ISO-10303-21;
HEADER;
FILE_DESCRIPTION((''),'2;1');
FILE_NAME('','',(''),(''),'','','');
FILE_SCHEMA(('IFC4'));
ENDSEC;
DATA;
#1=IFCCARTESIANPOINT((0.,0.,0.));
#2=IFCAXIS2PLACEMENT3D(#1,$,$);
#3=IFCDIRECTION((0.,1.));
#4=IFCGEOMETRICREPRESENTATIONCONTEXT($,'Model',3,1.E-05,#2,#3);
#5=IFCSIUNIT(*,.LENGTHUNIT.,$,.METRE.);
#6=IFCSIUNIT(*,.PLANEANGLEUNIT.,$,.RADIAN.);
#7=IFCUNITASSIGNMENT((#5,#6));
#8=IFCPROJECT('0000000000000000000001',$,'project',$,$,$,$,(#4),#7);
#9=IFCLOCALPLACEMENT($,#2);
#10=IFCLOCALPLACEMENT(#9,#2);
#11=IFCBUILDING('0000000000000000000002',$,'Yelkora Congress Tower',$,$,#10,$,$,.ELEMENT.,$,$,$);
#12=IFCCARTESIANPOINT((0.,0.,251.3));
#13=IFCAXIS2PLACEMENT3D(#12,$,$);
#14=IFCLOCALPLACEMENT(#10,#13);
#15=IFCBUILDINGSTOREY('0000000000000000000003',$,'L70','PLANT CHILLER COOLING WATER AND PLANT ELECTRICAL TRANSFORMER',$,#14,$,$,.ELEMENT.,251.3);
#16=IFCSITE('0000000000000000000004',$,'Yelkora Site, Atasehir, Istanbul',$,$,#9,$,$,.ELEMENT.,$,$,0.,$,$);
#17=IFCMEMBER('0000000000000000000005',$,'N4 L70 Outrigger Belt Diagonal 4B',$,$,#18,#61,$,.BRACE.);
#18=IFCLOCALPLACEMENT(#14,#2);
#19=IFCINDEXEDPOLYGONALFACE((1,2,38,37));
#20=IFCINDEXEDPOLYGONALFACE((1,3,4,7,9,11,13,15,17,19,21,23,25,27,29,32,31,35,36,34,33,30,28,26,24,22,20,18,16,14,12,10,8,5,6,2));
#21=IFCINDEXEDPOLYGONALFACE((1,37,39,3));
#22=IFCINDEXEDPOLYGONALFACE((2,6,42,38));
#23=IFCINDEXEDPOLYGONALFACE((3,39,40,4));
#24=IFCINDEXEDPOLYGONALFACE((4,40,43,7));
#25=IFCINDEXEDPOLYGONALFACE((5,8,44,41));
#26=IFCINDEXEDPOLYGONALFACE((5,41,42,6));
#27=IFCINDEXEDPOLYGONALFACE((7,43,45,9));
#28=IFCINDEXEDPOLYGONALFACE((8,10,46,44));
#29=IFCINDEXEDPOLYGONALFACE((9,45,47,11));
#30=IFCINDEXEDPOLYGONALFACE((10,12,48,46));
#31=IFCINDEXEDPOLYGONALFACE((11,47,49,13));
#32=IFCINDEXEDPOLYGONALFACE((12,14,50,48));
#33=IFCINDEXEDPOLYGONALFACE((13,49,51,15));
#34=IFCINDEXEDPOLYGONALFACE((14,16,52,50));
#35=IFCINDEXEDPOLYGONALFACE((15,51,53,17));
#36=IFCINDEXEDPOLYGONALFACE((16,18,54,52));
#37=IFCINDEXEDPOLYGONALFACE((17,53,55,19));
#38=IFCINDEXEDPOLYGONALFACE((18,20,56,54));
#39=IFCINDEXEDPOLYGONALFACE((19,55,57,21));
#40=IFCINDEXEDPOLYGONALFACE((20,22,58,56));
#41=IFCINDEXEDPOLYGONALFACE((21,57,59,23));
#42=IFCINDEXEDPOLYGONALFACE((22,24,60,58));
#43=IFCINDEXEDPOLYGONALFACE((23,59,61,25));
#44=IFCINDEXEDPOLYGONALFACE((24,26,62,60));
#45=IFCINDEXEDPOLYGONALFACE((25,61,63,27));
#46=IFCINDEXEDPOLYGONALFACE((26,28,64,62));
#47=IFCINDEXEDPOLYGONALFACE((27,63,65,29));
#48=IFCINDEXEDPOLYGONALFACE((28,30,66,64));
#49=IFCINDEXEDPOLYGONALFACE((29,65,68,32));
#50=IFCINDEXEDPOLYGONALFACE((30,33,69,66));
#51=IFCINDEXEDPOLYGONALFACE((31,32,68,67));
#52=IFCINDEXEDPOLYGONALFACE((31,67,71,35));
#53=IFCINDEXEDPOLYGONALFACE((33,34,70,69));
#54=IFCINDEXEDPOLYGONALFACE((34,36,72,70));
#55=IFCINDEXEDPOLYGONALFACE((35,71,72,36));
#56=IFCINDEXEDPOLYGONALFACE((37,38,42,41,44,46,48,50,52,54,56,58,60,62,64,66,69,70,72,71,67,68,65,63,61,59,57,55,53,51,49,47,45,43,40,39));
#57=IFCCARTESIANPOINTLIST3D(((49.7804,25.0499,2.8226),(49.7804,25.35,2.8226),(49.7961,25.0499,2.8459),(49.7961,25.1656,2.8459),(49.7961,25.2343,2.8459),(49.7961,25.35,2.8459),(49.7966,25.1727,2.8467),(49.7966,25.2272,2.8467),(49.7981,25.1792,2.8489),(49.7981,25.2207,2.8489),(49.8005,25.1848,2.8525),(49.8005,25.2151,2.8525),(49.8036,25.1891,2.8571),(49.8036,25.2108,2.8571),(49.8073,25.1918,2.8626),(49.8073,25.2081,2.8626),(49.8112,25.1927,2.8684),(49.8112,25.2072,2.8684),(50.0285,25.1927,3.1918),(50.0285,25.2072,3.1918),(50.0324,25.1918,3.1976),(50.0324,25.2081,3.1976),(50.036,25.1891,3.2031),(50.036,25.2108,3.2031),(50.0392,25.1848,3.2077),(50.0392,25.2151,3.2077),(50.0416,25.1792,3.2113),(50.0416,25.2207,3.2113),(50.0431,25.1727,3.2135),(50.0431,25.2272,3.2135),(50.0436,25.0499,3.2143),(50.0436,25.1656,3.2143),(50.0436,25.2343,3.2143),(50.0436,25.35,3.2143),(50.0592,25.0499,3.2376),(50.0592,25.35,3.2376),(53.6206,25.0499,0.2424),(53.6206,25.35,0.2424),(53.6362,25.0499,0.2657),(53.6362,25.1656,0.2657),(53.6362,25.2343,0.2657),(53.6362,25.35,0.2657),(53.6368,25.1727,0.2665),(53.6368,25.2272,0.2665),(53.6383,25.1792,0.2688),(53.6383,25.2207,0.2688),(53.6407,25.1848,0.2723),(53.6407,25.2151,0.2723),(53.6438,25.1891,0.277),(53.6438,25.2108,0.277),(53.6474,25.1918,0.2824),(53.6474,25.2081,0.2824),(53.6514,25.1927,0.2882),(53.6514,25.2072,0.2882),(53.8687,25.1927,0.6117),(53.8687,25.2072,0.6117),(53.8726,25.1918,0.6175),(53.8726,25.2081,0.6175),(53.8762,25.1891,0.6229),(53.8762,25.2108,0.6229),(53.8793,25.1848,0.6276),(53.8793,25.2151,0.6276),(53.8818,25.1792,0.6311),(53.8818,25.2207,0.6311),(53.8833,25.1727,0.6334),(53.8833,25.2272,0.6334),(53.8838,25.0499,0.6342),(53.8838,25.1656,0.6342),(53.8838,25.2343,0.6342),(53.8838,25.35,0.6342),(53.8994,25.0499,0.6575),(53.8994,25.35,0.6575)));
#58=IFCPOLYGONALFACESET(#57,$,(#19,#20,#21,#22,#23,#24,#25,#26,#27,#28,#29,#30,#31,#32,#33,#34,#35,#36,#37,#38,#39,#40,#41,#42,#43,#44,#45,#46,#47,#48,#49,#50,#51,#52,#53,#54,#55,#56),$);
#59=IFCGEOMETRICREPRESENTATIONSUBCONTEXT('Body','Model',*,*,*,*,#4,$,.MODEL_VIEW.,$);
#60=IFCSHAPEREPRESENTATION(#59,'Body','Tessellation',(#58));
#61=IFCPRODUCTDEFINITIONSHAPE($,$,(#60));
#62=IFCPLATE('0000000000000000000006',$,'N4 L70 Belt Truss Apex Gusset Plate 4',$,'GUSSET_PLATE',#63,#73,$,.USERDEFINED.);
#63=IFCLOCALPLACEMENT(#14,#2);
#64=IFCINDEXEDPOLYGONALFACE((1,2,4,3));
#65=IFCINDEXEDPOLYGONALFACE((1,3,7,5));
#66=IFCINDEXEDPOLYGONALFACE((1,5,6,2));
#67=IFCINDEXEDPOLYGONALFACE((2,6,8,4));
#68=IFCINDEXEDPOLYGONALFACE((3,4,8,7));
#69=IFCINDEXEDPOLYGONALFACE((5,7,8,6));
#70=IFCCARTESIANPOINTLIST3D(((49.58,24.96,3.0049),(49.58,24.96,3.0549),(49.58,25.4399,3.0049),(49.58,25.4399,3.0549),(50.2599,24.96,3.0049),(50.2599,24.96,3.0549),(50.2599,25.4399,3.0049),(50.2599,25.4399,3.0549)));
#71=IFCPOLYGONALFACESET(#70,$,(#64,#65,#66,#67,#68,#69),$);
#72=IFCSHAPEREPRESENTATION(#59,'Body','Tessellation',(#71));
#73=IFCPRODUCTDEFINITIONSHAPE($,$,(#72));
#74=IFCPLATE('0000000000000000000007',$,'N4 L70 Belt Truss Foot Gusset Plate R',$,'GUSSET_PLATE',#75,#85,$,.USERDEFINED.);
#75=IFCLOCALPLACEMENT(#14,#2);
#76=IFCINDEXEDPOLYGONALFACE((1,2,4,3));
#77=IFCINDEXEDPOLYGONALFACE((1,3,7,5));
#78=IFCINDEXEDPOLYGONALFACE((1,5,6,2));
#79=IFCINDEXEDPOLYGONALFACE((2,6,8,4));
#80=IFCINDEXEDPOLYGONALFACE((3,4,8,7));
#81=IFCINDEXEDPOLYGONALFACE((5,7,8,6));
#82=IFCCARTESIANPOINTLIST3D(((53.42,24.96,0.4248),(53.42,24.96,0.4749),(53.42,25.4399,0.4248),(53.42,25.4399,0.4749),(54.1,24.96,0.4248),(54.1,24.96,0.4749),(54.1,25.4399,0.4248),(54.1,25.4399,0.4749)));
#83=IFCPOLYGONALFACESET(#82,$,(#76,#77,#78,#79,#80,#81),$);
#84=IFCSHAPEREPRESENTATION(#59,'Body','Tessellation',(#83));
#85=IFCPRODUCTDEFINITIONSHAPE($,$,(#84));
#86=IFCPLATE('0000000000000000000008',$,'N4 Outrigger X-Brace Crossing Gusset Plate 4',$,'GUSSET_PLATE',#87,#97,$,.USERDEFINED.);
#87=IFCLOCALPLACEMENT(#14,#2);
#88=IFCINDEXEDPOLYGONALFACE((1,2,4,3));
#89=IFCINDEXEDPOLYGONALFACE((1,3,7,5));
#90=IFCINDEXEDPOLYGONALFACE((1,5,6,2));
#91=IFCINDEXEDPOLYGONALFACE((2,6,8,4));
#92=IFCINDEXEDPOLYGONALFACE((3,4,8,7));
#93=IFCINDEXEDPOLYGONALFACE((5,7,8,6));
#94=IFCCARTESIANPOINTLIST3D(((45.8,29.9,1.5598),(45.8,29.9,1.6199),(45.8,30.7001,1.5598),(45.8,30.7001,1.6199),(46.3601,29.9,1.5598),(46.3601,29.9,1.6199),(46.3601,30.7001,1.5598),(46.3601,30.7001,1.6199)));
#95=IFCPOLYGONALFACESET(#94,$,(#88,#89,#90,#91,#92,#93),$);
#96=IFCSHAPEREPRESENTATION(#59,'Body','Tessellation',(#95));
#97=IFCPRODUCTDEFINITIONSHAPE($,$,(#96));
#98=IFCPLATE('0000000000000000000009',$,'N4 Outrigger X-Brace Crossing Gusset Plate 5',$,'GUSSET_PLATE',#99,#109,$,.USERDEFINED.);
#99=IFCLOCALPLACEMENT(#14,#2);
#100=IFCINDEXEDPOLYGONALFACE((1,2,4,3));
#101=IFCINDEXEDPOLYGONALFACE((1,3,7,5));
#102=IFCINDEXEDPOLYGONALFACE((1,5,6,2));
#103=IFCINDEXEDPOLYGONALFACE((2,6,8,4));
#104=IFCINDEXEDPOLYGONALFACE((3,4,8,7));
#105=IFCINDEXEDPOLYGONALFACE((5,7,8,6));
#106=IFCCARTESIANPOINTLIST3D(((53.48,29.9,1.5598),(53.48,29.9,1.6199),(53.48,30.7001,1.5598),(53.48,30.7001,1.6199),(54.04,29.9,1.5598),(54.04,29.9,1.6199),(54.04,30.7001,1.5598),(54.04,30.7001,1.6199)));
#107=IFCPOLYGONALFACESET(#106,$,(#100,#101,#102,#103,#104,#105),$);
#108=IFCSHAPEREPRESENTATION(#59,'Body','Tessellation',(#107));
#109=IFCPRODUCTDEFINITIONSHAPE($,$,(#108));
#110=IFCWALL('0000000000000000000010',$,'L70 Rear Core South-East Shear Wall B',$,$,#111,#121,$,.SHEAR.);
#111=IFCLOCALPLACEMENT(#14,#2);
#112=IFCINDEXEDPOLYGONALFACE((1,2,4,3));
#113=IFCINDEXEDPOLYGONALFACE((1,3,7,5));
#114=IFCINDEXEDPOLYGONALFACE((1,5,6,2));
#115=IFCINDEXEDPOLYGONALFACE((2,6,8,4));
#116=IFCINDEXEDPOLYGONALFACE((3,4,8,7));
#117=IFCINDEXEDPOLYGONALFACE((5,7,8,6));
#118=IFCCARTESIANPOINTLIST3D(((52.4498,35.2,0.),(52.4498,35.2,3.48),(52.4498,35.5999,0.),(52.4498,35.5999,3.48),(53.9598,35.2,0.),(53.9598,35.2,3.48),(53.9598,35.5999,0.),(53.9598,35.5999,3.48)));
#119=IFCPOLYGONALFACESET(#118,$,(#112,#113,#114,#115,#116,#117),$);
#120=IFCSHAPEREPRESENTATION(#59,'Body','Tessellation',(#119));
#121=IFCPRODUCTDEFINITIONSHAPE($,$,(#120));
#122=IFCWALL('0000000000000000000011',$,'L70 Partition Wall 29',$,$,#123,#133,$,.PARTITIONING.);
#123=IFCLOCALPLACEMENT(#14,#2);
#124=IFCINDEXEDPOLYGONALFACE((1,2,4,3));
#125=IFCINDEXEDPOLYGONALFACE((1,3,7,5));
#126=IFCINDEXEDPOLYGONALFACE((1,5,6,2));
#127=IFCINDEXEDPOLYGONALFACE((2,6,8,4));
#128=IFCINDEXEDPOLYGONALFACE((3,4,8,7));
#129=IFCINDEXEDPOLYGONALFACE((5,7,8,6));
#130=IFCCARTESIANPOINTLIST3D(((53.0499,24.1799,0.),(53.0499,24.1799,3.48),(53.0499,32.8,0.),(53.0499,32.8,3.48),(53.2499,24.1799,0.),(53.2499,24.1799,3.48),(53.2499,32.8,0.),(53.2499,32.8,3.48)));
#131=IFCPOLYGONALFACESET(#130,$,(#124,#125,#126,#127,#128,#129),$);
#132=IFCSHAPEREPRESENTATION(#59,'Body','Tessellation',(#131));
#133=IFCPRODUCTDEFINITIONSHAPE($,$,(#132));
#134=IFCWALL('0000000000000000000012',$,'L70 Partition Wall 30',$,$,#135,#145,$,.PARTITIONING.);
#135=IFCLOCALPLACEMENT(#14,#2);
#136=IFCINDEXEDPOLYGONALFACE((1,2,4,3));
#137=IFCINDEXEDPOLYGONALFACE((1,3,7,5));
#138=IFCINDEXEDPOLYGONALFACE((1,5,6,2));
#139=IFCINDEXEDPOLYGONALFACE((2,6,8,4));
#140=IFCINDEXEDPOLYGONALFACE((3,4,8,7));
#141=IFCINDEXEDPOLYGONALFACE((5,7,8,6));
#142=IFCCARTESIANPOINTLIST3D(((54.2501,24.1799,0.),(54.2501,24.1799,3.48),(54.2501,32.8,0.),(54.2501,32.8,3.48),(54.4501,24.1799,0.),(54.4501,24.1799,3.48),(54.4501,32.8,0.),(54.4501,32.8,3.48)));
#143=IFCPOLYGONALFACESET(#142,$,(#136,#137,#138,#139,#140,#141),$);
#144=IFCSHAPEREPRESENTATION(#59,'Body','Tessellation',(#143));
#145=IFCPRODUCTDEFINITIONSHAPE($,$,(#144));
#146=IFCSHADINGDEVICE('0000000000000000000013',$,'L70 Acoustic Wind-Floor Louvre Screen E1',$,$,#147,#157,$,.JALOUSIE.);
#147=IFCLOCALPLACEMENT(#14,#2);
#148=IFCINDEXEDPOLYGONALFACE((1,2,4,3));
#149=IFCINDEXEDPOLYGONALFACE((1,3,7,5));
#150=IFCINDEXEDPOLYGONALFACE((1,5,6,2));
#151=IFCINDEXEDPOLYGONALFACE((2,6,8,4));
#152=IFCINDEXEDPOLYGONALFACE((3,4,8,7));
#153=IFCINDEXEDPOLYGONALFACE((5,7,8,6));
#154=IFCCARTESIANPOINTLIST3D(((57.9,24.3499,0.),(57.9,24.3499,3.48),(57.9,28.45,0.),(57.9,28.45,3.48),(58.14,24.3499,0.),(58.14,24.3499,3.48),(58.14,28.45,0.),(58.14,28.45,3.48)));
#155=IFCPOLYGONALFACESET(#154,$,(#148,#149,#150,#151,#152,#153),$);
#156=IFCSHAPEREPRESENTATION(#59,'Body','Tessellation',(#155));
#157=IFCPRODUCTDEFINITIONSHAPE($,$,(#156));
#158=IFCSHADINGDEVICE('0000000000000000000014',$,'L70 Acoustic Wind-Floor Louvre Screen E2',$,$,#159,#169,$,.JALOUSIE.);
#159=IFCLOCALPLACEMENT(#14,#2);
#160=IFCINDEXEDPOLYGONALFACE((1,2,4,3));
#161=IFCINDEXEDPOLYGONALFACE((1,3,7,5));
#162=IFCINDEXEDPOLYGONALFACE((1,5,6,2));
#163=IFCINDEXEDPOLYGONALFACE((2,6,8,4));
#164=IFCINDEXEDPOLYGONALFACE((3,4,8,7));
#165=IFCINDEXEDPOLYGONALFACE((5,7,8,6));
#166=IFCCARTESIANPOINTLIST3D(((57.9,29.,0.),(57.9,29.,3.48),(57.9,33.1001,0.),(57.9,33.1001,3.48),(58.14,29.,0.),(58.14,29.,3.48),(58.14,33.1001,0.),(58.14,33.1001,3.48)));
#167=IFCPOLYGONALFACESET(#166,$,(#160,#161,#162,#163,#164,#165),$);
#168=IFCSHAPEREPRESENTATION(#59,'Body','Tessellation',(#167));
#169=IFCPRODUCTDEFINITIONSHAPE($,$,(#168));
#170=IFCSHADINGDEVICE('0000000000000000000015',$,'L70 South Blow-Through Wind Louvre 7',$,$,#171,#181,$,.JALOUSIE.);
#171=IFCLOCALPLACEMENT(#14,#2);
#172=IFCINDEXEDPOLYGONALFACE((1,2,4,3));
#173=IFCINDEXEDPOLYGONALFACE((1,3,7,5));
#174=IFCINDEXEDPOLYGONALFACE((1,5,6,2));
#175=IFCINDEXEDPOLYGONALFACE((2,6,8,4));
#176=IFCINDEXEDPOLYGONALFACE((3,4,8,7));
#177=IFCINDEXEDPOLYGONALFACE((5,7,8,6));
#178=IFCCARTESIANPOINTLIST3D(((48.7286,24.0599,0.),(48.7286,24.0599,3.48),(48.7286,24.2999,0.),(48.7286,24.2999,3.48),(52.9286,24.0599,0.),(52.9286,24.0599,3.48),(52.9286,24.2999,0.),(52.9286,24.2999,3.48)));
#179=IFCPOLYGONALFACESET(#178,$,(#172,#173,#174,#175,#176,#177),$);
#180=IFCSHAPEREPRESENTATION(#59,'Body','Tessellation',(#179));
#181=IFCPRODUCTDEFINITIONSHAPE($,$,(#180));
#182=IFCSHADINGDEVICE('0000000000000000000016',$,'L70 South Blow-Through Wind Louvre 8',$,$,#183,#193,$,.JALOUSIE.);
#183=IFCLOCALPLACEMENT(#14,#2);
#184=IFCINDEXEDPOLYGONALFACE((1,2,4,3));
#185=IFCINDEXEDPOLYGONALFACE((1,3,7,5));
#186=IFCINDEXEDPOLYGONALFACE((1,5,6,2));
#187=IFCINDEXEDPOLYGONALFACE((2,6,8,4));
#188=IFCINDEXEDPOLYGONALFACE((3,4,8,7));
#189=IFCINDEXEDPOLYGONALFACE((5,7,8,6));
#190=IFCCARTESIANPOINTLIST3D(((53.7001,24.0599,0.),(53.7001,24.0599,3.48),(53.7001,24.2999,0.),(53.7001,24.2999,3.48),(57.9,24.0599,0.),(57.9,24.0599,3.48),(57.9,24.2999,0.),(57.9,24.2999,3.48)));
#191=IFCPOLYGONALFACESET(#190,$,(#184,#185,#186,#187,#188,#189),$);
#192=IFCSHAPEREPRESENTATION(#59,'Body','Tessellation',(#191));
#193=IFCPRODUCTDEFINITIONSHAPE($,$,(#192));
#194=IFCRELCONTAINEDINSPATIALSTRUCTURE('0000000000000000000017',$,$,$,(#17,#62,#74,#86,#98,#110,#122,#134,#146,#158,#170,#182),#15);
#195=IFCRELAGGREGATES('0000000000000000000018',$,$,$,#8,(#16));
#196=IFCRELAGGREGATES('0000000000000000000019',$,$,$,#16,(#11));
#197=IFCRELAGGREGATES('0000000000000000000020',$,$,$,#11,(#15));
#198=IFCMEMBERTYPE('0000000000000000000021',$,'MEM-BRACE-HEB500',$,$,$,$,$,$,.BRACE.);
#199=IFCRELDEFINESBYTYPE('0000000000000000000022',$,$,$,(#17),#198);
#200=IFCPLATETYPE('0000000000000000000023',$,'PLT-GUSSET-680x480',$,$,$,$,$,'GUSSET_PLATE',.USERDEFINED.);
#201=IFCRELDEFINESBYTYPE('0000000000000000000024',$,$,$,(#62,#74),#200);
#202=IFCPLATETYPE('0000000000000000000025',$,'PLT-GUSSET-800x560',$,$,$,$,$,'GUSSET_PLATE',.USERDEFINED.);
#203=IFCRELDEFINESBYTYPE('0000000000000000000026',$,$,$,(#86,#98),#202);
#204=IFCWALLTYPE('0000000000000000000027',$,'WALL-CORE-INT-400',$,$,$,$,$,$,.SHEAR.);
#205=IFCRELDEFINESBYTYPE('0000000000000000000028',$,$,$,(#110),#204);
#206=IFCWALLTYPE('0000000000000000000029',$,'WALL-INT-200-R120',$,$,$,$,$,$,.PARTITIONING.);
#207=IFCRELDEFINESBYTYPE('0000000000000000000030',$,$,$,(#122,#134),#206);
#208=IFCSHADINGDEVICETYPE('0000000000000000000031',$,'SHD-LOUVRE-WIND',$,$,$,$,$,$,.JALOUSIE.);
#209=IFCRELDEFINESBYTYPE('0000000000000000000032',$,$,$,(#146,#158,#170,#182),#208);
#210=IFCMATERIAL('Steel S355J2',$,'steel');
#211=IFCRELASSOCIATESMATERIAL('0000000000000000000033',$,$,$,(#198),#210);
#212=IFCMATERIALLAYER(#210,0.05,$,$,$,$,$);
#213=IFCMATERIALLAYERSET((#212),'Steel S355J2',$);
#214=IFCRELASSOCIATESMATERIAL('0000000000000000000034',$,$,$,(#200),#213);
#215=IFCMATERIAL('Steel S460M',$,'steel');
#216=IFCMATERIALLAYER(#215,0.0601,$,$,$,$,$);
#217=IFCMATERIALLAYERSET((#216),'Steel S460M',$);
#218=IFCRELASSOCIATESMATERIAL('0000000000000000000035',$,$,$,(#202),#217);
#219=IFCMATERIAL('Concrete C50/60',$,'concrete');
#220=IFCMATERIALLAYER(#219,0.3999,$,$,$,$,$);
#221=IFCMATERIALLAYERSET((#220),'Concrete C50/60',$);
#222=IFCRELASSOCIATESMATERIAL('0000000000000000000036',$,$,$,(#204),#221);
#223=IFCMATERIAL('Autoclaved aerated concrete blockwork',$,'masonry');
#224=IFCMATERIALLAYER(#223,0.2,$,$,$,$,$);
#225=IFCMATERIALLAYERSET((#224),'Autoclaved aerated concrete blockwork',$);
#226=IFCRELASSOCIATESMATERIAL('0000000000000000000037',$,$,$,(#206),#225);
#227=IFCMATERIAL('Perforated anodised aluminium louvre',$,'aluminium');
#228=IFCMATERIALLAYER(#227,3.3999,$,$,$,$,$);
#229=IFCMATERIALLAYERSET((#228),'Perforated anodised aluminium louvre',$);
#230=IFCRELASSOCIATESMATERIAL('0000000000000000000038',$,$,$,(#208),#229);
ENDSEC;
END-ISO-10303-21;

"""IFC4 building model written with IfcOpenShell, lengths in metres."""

from ifc_helpers import new_model, si_unit, direction, frame, frame_2d, origin, origin_2d, place, context, subcontext, project, spatial, rectangle, i_section, extrude, material, layer, layer_set, material_profile, profile_set, type_object, element, save


model = new_model("IFC4")

# Units and contexts
model_context = context("Model", 3, precision=1e-05, world=origin(), true_north=direction((0.0, 1.0)))
body_context = subcontext(model_context, "Body", "Model", "MODEL_VIEW")
ifc_project = project(units=[si_unit("LENGTHUNIT", "METRE"), si_unit("PLANEANGLEUNIT", "RADIAN")], contexts=[model_context])

# Site, building, storey
site_placement = place(None, origin())
site = spatial("IfcSite", under=ifc_project, at=site_placement, Name="Yelkora Site, Atasehir, Istanbul", CompositionType="ELEMENT", RefElevation=0.0)
building_placement = place(site_placement, origin())
building = spatial("IfcBuilding", under=site, at=building_placement, Name="Yelkora Congress Tower", CompositionType="ELEMENT")
storey_placement = place(building_placement, frame((0.0, 0.0, 251.3)))
storey = spatial("IfcBuildingStorey", under=building, at=storey_placement, Name="L70", Description="PLANT CHILLER COOLING WATER AND PLANT ELECTRICAL TRANSFORMER", CompositionType="ELEMENT", Elevation=251.3)

# Shared definitions
ifc_material_1 = material(Name="Steel S460M", Category="steel")

# Member
ifc_material_2 = material(Name="Steel S355J2", Category="steel")
ifc_material_profile_1 = material_profile(ifc_material_2, i_section(OverallWidth=0.3, OverallDepth=0.5, WebThickness=0.0144, FlangeThickness=0.0281, FilletRadius=0.0271, at=origin_2d()), Name="HEB 500")
ifc_profile_set_1 = profile_set([ifc_material_profile_1], Name="Steel S355J2")
member_type = type_object("IfcMemberType", Name="MEM-BRACE-HEB500", PredefinedType="BRACE", material=ifc_profile_set_1)
member_placement = place(storey_placement, frame((53.76, 25.2, 0.45), z_axis=(-0.830048, 0.0, 0.557692), x_axis=(0.0, -1.0, 0.0)))
element("IfcMember", 1, at=member_placement, inside=storey, type_object=member_type, Name="N4 L70 Outrigger Belt Diagonal 4B", PredefinedType="BRACE", context=body_context, shape_type="SweptSolid", body=[
    extrude(i_section(OverallWidth=0.3, OverallDepth=0.5, WebThickness=0.0144, FlangeThickness=0.0281, FilletRadius=0.0271, at=origin_2d()), origin(), (0.0, 0.0, 1.0), 4.6265),
])

# Plates
ifc_layer_1 = layer(ifc_material_2, 0.05)
ifc_layer_set_1 = layer_set([ifc_layer_1], Name="Steel S355J2")
plate_type_1 = type_object("IfcPlateType", Name="PLT-GUSSET-680x480", ElementType="GUSSET_PLATE", PredefinedType="USERDEFINED", material=ifc_layer_set_1)
for number, where, z_axis, x_axis, name in (
    (2, (49.9199, 25.2, 3.0049), (0.0, 0.0, 1.0), (1.0, 0.0, 0.0), "N4 L70 Belt Truss Apex Gusset Plate 4"),
    (3, (53.76, 25.2, 0.4248), (0.0, 0.0, 1.0), (1.0, 0.0, 0.0), "N4 L70 Belt Truss Foot Gusset Plate R"),
):
    element("IfcPlate", number, at=place(storey_placement, frame(where, z_axis=z_axis, x_axis=x_axis)), inside=storey, type_object=plate_type_1, Name=name, ObjectType="GUSSET_PLATE", PredefinedType="USERDEFINED", context=body_context, shape_type="SweptSolid", body=[
        extrude(rectangle(XDim=0.6799, YDim=0.48, at=origin_2d()), origin(), (0.0, 0.0, 1.0), 0.05),
    ])
ifc_layer_2 = layer(ifc_material_1, 0.0601)
ifc_layer_set_2 = layer_set([ifc_layer_2], Name="Steel S460M")
plate_type_2 = type_object("IfcPlateType", Name="PLT-GUSSET-800x560", ElementType="GUSSET_PLATE", PredefinedType="USERDEFINED", material=ifc_layer_set_2)
for number, where, z_axis, x_axis, name in (
    (4, (46.0801, 30.3, 1.5598), (0.0, 0.0, 1.0), (0.0, 1.0, 0.0), "N4 Outrigger X-Brace Crossing Gusset Plate 4"),
    (5, (53.76, 30.3, 1.5598), (0.0, 0.0, 1.0), (0.0, 1.0, 0.0), "N4 Outrigger X-Brace Crossing Gusset Plate 5"),
):
    element("IfcPlate", number, at=place(storey_placement, frame(where, z_axis=z_axis, x_axis=x_axis)), inside=storey, type_object=plate_type_2, Name=name, ObjectType="GUSSET_PLATE", PredefinedType="USERDEFINED", context=body_context, shape_type="SweptSolid", body=[
        extrude(rectangle(XDim=0.8, YDim=0.5601, at=origin_2d()), origin(), (0.0, 0.0, 1.0), 0.0601),
    ])

# Wall
ifc_material_3 = material(Name="Concrete C50/60", Category="concrete")
ifc_layer_3 = layer(ifc_material_3, 0.3999)
ifc_layer_set_3 = layer_set([ifc_layer_3], Name="Concrete C50/60")
wall_type_1 = type_object("IfcWallType", Name="WALL-CORE-INT-400", PredefinedType="SHEAR", material=ifc_layer_set_3)
wall_1_placement = place(storey_placement, frame((52.45, 35.3999, 0.0), z_axis=(0.0, 0.0, 1.0), x_axis=(1.0, 0.0, 0.0)))
element("IfcWall", 6, at=wall_1_placement, inside=storey, type_object=wall_type_1, Name="L70 Rear Core South-East Shear Wall B", PredefinedType="SHEAR", context=body_context, shape_type="SweptSolid", body=[
    extrude(rectangle(XDim=1.51, YDim=0.3999, at=frame_2d((0.7549, 0.0))), origin(), (0.0, 0.0, 1.0), 3.48),
])

# Shared definitions
ifc_material_4 = material(Name="Autoclaved aerated concrete blockwork", Category="masonry")
ifc_layer_4 = layer(ifc_material_4, 0.2)
ifc_layer_set_4 = layer_set([ifc_layer_4], Name="Autoclaved aerated concrete blockwork")
wall_type_2 = type_object("IfcWallType", Name="WALL-INT-200-R120", PredefinedType="PARTITIONING", material=ifc_layer_set_4)

# Walls
for number, where, z_axis, x_axis, name in (
    (7, (53.1499, 24.1799, 0.0), (0.0, 0.0, 1.0), (0.0, 1.0, 0.0), "L70 Partition Wall 29"),
    (8, (54.3501, 24.1799, 0.0), (0.0, 0.0, 1.0), (0.0, 1.0, 0.0), "L70 Partition Wall 30"),
):
    element("IfcWall", number, at=place(storey_placement, frame(where, z_axis=z_axis, x_axis=x_axis)), inside=storey, type_object=wall_type_2, Name=name, PredefinedType="PARTITIONING", context=body_context, shape_type="SweptSolid", body=[
        extrude(rectangle(XDim=8.6201, YDim=0.2, at=frame_2d((4.3101, 0.0))), origin(), (0.0, 0.0, 1.0), 3.48),
    ])

# Shading devices
ifc_material_5 = material(Name="Perforated anodised aluminium louvre", Category="aluminium")
ifc_layer_5 = layer(ifc_material_5, 3.3999)
ifc_layer_set_5 = layer_set([ifc_layer_5], Name="Perforated anodised aluminium louvre")
shading_device_type = type_object("IfcShadingDeviceType", Name="SHD-LOUVRE-WIND", PredefinedType="JALOUSIE", material=ifc_layer_set_5)
for number, where, z_axis, x_axis, name in (
    (9, (58.02, 26.3999, 0.0), (0.0, 0.0, 1.0), (1.0, 0.0, 0.0), "L70 Acoustic Wind-Floor Louvre Screen E1"),
    (10, (58.02, 31.05, 0.0), (0.0, 0.0, 1.0), (1.0, 0.0, 0.0), "L70 Acoustic Wind-Floor Louvre Screen E2"),
):
    element("IfcShadingDevice", number, at=place(storey_placement, frame(where, z_axis=z_axis, x_axis=x_axis)), inside=storey, type_object=shading_device_type, Name=name, PredefinedType="JALOUSIE", context=body_context, shape_type="SweptSolid", body=[
        extrude(rectangle(XDim=0.24, YDim=4.1001, at=origin_2d()), origin(), (0.0, 0.0, 1.0), 3.48),
    ])
for number, where, z_axis, x_axis, name in (
    (11, (50.8286, 24.1799, 0.0), (0.0, 0.0, 1.0), (1.0, 0.0, 0.0), "L70 South Blow-Through Wind Louvre 7"),
    (12, (55.8, 24.1799, 0.0), (0.0, 0.0, 1.0), (1.0, 0.0, 0.0), "L70 South Blow-Through Wind Louvre 8"),
):
    element("IfcShadingDevice", number, at=place(storey_placement, frame(where, z_axis=z_axis, x_axis=x_axis)), inside=storey, type_object=shading_device_type, Name=name, PredefinedType="JALOUSIE", context=body_context, shape_type="SweptSolid", body=[
        extrude(rectangle(XDim=4.2, YDim=0.24, at=origin_2d()), origin(), (0.0, 0.0, 1.0), 3.48),
    ])

save(model, "model.ifc")
